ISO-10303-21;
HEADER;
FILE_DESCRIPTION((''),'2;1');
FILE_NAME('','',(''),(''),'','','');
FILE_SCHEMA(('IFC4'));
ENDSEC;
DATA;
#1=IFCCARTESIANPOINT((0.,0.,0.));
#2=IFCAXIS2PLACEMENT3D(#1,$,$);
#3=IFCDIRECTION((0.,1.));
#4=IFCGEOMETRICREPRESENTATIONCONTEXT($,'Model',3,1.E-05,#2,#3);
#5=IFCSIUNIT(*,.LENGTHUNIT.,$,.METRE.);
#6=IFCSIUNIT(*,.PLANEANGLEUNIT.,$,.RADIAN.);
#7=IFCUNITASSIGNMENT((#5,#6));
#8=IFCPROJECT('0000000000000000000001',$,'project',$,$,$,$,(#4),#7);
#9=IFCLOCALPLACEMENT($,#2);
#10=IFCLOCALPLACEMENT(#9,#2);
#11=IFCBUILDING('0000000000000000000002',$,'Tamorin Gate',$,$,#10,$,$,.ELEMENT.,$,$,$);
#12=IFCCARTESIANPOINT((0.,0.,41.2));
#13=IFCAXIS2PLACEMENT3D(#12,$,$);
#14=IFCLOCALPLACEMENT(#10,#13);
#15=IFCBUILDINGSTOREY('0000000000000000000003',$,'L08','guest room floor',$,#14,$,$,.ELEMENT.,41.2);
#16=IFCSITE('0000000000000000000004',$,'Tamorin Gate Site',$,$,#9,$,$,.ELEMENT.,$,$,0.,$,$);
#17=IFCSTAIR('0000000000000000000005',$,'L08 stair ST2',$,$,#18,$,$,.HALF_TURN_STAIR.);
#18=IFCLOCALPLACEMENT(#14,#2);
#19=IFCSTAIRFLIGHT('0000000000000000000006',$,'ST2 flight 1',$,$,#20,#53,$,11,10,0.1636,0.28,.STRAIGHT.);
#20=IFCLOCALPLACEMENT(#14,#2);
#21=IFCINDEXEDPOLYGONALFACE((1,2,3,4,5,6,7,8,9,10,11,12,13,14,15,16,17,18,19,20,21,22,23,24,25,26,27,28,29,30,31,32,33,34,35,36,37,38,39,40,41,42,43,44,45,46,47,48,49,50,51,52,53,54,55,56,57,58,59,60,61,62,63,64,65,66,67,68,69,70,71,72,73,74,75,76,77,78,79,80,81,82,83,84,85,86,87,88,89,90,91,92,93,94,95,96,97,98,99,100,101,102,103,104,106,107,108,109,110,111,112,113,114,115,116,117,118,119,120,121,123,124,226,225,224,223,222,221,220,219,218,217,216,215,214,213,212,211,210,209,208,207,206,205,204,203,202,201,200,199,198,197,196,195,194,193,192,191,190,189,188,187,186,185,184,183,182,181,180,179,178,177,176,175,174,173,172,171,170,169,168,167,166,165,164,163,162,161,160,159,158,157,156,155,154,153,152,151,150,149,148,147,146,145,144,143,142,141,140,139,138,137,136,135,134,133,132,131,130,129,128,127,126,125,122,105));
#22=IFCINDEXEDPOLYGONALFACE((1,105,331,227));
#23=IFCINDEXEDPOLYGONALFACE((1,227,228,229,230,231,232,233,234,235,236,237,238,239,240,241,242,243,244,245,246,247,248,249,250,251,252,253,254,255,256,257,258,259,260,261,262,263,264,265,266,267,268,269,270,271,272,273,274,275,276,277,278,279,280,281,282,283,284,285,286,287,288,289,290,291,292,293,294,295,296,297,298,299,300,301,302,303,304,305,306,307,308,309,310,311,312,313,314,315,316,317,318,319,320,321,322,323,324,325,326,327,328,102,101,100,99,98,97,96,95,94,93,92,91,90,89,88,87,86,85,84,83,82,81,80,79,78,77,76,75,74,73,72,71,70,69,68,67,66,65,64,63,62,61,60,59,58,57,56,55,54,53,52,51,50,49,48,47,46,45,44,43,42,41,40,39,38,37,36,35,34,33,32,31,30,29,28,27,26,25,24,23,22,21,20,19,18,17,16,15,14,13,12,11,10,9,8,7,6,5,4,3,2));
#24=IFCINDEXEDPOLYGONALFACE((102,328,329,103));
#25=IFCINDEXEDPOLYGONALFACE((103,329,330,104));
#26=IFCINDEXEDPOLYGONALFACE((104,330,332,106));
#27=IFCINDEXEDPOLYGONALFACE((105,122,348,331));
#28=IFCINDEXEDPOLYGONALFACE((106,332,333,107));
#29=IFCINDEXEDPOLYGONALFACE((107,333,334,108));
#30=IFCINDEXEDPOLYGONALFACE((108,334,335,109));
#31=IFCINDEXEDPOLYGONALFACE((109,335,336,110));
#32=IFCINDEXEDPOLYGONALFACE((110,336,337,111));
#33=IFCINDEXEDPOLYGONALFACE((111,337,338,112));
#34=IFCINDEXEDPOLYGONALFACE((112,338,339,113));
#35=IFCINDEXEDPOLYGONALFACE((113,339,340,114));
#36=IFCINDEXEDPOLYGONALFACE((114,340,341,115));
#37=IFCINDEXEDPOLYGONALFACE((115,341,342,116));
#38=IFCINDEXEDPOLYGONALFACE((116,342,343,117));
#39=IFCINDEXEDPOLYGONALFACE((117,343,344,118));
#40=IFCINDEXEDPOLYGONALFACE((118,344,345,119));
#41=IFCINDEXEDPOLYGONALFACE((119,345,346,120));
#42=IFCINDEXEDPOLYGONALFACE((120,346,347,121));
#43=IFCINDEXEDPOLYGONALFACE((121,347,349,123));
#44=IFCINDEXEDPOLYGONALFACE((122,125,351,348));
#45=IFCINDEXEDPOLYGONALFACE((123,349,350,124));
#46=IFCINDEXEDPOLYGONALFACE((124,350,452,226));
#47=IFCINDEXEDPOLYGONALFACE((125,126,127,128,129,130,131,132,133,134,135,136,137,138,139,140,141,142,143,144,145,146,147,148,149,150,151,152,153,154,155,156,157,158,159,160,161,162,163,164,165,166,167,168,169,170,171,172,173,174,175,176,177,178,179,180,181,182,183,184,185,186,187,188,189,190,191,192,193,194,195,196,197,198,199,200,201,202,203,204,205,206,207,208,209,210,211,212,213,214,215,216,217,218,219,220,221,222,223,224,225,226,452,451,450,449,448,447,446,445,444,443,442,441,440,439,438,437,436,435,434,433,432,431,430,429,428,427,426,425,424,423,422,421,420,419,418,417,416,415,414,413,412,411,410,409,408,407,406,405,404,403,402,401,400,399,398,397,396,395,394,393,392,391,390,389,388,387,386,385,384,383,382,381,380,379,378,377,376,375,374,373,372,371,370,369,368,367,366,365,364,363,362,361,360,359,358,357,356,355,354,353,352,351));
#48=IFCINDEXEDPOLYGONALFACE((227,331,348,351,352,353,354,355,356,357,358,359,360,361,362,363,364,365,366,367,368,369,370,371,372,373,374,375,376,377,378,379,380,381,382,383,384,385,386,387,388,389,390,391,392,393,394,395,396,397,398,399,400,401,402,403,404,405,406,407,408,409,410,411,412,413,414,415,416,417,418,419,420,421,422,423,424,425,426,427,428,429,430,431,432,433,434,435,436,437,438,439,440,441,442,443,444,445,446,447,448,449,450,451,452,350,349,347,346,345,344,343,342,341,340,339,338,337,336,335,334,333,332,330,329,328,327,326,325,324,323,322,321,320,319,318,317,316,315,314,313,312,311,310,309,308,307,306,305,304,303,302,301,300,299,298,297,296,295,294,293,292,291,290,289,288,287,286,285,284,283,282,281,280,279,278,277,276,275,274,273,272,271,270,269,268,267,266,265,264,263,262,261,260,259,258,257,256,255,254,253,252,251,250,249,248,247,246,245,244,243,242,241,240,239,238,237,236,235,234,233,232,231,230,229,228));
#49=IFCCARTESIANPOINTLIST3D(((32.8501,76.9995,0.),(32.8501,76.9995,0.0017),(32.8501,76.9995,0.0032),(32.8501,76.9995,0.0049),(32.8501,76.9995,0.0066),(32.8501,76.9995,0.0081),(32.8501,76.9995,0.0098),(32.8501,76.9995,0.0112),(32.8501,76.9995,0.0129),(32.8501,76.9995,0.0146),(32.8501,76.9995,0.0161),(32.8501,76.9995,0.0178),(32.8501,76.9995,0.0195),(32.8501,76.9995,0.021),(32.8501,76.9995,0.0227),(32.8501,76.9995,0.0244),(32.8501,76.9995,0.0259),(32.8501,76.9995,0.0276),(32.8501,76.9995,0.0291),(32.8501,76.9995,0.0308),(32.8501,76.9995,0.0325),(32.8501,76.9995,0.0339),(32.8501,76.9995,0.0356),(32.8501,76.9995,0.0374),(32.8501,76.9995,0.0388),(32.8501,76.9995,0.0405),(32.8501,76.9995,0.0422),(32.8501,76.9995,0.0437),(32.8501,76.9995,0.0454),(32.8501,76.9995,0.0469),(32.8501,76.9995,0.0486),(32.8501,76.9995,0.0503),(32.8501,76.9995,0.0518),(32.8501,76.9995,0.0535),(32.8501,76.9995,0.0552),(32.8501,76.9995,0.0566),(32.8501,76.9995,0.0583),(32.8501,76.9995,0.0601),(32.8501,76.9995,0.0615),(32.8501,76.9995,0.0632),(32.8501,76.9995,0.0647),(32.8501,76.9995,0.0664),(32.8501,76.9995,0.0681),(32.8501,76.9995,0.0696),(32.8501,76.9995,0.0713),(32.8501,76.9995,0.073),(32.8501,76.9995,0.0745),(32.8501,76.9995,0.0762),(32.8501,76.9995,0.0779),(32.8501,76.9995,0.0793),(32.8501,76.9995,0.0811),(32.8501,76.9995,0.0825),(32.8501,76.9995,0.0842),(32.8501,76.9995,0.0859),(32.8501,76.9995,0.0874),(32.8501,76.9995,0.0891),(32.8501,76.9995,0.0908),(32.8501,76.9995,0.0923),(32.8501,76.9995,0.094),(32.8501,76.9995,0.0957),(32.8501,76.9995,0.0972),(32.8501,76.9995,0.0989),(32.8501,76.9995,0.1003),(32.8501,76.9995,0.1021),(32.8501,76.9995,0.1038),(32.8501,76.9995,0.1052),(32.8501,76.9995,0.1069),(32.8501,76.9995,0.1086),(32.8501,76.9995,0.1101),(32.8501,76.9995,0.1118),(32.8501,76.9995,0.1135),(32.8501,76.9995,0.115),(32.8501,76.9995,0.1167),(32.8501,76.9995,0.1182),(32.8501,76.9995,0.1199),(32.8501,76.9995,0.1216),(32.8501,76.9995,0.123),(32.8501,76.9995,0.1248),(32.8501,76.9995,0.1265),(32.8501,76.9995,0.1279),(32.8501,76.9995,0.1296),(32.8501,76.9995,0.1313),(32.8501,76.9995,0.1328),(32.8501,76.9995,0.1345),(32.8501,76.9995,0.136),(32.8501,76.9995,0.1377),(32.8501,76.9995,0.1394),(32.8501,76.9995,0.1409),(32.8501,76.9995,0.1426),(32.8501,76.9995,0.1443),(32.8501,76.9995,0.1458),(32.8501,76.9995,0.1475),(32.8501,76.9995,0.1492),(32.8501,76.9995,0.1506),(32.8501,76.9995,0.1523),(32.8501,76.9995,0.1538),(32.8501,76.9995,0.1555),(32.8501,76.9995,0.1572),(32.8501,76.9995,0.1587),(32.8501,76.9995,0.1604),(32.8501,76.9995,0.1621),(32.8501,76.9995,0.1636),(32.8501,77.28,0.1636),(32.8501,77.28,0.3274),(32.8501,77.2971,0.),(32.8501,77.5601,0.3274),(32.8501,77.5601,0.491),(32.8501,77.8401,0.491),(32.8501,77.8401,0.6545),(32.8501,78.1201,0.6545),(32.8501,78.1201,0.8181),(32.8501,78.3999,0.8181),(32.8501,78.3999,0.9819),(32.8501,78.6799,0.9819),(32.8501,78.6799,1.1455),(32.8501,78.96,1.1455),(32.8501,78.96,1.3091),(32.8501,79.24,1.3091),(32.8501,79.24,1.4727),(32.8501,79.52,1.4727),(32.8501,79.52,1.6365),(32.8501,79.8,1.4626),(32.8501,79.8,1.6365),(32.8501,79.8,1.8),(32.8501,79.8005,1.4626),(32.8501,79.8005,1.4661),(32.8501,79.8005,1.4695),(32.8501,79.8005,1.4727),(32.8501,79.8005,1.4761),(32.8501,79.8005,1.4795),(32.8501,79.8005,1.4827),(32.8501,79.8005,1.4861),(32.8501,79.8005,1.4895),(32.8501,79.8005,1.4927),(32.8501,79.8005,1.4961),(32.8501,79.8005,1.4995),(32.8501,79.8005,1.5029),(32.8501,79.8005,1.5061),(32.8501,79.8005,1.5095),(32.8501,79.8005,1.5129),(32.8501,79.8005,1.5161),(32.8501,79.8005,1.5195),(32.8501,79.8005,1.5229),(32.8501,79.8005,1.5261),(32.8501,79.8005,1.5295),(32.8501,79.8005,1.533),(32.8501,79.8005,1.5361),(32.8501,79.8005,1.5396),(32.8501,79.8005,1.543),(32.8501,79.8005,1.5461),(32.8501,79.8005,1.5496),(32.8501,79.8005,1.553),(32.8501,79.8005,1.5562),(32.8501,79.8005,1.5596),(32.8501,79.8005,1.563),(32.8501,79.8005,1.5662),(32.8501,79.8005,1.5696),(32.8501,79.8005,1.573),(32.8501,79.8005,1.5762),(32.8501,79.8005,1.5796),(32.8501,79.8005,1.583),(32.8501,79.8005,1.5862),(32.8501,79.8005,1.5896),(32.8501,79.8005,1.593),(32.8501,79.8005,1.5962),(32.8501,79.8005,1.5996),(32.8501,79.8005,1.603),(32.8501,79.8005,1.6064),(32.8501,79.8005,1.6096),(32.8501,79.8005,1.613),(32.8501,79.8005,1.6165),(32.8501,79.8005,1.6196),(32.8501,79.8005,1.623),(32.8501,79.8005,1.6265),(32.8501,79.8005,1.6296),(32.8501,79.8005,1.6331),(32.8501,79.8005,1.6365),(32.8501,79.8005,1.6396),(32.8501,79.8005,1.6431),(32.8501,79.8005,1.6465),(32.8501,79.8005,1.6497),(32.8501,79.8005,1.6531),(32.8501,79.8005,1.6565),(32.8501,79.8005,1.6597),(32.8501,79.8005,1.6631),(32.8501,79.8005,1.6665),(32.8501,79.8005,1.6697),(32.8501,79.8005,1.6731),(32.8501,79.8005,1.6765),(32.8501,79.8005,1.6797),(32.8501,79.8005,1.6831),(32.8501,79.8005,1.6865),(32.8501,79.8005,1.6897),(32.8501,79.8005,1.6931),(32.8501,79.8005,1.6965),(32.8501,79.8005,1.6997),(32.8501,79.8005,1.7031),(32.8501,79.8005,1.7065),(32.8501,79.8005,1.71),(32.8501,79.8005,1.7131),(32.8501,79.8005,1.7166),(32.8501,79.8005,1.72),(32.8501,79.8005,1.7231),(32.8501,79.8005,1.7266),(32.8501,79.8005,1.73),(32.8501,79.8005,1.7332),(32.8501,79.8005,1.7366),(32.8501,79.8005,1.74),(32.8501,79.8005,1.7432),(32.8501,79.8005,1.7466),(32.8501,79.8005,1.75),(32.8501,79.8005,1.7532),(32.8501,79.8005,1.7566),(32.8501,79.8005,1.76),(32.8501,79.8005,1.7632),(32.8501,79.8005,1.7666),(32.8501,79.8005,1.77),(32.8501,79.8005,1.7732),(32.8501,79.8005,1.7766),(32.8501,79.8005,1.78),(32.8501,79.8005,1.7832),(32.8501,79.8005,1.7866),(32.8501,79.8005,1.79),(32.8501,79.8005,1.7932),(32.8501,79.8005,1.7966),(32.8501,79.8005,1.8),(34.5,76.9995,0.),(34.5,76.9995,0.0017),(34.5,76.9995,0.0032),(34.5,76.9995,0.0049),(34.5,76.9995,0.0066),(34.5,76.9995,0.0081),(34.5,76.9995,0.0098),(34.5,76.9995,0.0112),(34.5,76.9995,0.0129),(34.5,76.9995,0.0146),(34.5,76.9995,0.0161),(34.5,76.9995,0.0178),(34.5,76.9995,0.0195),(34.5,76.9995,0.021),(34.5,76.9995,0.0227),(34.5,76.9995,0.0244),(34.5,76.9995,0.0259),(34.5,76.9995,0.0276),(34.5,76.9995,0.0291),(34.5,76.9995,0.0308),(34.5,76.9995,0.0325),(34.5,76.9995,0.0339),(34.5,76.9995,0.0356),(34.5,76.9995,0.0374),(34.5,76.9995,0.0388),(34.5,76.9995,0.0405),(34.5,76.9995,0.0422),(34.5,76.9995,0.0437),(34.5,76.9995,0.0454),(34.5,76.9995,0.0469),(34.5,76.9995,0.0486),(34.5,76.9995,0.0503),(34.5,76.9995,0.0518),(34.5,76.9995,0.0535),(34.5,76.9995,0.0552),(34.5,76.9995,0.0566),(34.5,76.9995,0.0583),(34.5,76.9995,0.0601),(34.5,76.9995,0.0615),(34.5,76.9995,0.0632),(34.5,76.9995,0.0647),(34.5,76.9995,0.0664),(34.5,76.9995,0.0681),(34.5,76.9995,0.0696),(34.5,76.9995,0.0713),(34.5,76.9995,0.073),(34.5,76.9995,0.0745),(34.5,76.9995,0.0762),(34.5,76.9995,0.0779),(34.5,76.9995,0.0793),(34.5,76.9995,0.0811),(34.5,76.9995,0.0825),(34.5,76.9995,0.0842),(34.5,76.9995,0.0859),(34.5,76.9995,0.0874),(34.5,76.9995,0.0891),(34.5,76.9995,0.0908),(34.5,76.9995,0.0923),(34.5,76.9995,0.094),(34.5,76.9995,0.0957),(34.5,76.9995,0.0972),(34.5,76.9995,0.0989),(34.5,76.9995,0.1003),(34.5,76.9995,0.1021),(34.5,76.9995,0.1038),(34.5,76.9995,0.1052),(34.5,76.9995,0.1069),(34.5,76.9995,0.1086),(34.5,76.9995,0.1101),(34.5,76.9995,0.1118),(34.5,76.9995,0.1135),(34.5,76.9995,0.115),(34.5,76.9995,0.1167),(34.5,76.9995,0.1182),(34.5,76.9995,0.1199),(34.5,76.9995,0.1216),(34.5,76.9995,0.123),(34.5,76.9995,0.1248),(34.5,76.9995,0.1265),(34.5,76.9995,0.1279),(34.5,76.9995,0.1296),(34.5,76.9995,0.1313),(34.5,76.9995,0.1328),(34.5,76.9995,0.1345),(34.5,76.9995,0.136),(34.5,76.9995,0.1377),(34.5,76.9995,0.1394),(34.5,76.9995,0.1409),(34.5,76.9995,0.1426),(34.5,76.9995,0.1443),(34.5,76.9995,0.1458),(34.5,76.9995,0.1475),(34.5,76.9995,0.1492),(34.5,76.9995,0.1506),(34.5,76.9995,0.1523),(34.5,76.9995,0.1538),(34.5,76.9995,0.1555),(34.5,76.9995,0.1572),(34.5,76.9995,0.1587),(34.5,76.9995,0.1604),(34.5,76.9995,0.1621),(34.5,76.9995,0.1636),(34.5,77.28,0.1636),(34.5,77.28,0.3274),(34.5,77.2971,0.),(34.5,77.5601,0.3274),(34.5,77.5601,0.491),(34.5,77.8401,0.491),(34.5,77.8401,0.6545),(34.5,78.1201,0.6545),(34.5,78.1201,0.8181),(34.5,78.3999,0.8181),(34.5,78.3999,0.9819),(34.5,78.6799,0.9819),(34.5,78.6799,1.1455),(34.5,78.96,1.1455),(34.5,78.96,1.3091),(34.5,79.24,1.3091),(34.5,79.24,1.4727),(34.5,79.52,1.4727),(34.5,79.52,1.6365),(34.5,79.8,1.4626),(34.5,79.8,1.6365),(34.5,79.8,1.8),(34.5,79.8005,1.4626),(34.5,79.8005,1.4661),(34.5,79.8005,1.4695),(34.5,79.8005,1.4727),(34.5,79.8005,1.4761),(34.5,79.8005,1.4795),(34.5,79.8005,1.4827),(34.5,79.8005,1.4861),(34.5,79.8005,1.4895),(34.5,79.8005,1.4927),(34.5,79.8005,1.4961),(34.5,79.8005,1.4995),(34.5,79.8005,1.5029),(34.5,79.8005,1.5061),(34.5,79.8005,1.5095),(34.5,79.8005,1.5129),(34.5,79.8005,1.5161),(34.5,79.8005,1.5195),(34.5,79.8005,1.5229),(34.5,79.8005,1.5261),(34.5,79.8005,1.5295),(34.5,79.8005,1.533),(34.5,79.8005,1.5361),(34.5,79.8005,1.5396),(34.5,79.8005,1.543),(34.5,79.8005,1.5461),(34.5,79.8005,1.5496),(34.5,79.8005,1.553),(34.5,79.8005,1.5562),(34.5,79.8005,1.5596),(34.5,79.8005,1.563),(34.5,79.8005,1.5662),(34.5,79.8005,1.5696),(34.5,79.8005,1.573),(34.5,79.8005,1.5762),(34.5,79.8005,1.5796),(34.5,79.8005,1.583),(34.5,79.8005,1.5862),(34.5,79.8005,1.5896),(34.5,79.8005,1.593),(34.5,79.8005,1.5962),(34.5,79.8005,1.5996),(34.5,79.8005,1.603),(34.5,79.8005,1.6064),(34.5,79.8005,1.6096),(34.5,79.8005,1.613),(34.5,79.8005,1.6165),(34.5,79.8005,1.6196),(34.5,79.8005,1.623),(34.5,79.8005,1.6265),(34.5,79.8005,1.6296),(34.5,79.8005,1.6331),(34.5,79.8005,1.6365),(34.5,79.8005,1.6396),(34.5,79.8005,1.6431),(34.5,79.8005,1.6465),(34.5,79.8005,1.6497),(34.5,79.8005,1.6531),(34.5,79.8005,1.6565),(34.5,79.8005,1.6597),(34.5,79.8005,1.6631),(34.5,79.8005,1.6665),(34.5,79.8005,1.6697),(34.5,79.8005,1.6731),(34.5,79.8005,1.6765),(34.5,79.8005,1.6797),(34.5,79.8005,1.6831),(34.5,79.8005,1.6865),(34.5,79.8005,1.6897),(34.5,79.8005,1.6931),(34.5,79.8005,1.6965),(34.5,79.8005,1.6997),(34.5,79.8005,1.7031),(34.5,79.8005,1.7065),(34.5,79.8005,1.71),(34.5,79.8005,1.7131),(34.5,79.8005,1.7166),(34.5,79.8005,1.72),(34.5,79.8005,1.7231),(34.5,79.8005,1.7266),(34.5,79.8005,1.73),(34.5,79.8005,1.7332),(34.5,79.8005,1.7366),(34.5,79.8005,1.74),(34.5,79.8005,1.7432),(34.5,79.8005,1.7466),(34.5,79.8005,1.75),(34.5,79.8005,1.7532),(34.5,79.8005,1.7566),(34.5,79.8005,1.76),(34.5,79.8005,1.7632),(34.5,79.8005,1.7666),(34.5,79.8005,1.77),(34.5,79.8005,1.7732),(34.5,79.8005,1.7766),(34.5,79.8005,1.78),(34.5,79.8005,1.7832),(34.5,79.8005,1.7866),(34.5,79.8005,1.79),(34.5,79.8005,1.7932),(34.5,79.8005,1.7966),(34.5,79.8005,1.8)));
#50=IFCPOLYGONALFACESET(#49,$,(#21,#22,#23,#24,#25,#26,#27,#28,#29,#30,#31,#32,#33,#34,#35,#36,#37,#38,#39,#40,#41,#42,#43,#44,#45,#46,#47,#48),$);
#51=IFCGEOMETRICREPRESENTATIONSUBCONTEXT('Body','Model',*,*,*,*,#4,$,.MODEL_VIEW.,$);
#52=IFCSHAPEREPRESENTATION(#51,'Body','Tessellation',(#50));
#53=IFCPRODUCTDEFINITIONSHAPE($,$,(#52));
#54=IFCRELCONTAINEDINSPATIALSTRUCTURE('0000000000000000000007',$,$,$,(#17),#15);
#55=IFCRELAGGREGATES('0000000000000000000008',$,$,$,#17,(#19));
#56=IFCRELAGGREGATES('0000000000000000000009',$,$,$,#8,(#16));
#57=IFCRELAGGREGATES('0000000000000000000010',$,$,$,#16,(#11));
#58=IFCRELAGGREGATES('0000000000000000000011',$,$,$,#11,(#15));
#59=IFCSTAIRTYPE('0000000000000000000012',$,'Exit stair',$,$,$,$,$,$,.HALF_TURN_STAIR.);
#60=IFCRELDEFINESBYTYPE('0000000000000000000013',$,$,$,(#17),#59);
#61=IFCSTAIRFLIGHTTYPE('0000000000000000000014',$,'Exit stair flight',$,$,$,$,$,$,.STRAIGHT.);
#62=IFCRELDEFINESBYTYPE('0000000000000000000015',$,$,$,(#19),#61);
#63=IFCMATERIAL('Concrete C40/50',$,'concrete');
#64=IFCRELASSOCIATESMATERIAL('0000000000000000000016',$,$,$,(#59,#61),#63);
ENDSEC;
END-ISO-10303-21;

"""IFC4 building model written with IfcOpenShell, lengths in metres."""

from ifc_helpers import new_model, si_unit, direction, frame, origin, place, context, subcontext, project, spatial, polyline, outline, extrude, material, type_object, element, aggregate, save


model = new_model("IFC4")

# Units and contexts
model_context = context("Model", 3, precision=1e-05, world=origin(), true_north=direction((0.0, 1.0)))
body_context = subcontext(model_context, "Body", "Model", "MODEL_VIEW")
ifc_project = project(units=[si_unit("LENGTHUNIT", "METRE"), si_unit("PLANEANGLEUNIT", "RADIAN")], contexts=[model_context])

# Site, building, storey
site_placement = place(None, origin())
site = spatial("IfcSite", under=ifc_project, at=site_placement, Name="Tamorin Gate Site", CompositionType="ELEMENT", RefElevation=0.0)
building_placement = place(site_placement, origin())
building = spatial("IfcBuilding", under=site, at=building_placement, Name="Tamorin Gate", CompositionType="ELEMENT")
storey_placement = place(building_placement, frame((0.0, 0.0, 41.2)))
storey = spatial("IfcBuildingStorey", under=building, at=storey_placement, Name="L08", Description="guest room floor", CompositionType="ELEMENT", Elevation=41.2)

# Shared definitions
ifc_material_1 = material(Name="Concrete C40/50", Category="concrete")

# Stair, stair flight
stair_type = type_object("IfcStairType", Name="Exit stair", PredefinedType="HALF_TURN_STAIR", material=ifc_material_1)
stair_placement = place(storey_placement, origin())
stair = element("IfcStair", 1, at=stair_placement, inside=storey, type_object=stair_type, Name="L08 stair ST2", PredefinedType="HALF_TURN_STAIR")
stair_flight_type = type_object("IfcStairFlightType", Name="Exit stair flight", PredefinedType="STRAIGHT", material=ifc_material_1)
stair_flight_1_placement = place(storey_placement, frame((33.675, 77.0, 0.0), z_axis=(0.0, 0.0, 1.0), x_axis=(0.0, 1.0, 0.0)))
stair_flight_1 = element("IfcStairFlight", 2, at=stair_flight_1_placement, type_object=stair_flight_type, Name="ST2 flight 1", NumberOfRisers=11, NumberOfTreads=10, PredefinedType="STRAIGHT", RiserHeight=0.1636, TreadLength=0.28, context=body_context, shape_type="SweptSolid", body=[
    extrude(outline(polyline([(-0.0005, 0.0), (-0.0005, 0.0017), (-0.0005, 0.0032), (-0.0005, 0.0049), (-0.0005, 0.0066), (-0.0005, 0.0081), (-0.0005, 0.0098), (-0.0005, 0.0112), (-0.0005, 0.0129), (-0.0005, 0.0146), (-0.0005, 0.0161), (-0.0005, 0.0178), (-0.0005, 0.0195), (-0.0005, 0.021), (-0.0005, 0.0227), (-0.0005, 0.0244), (-0.0005, 0.0259), (-0.0005, 0.0276), (-0.0005, 0.0291), (-0.0005, 0.0308), (-0.0005, 0.0325), (-0.0005, 0.0339), (-0.0005, 0.0356), (-0.0005, 0.0374), (-0.0005, 0.0388), (-0.0005, 0.0405), (-0.0005, 0.0422), (-0.0005, 0.0437), (-0.0005, 0.0454), (-0.0005, 0.0469), (-0.0005, 0.0486), (-0.0005, 0.0503), (-0.0005, 0.0518), (-0.0005, 0.0535), (-0.0005, 0.0552), (-0.0005, 0.0566), (-0.0005, 0.0583), (-0.0005, 0.0601), (-0.0005, 0.0615), (-0.0005, 0.0632), (-0.0005, 0.0647), (-0.0005, 0.0664), (-0.0005, 0.0681), (-0.0005, 0.0696), (-0.0005, 0.0713), (-0.0005, 0.073), (-0.0005, 0.0745), (-0.0005, 0.0762), (-0.0005, 0.0779), (-0.0005, 0.0793), (-0.0005, 0.0811), (-0.0005, 0.0825), (-0.0005, 0.0842), (-0.0005, 0.0859), (-0.0005, 0.0874), (-0.0005, 0.0891), (-0.0005, 0.0908), (-0.0005, 0.0923), (-0.0005, 0.094), (-0.0005, 0.0957), (-0.0005, 0.0972), (-0.0005, 0.0989), (-0.0005, 0.1003), (-0.0005, 0.1021), (-0.0005, 0.1038), (-0.0005, 0.1052), (-0.0005, 0.1069), (-0.0005, 0.1086), (-0.0005, 0.1101), (-0.0005, 0.1118), (-0.0005, 0.1135), (-0.0005, 0.115), (-0.0005, 0.1167), (-0.0005, 0.1182), (-0.0005, 0.1199), (-0.0005, 0.1216), (-0.0005, 0.123), (-0.0005, 0.1248), (-0.0005, 0.1265), (-0.0005, 0.1279), (-0.0005, 0.1296), (-0.0005, 0.1313), (-0.0005, 0.1328), (-0.0005, 0.1345), (-0.0005, 0.136), (-0.0005, 0.1377), (-0.0005, 0.1394), (-0.0005, 0.1409), (-0.0005, 0.1426), (-0.0005, 0.1443), (-0.0005, 0.1458), (-0.0005, 0.1475), (-0.0005, 0.1492), (-0.0005, 0.1506), (-0.0005, 0.1523), (-0.0005, 0.1538), (-0.0005, 0.1555), (-0.0005, 0.1572), (-0.0005, 0.1587), (-0.0005, 0.1604), (-0.0005, 0.1621), (-0.0005, 0.1636), (0.28, 0.1636), (0.28, 0.3274), (0.5601, 0.3274), (0.5601, 0.491), (0.8401, 0.491), (0.8401, 0.6545), (1.1201, 0.6545), (1.1201, 0.8181), (1.3999, 0.8181), (1.3999, 0.9819), (1.6799, 0.9819), (1.6799, 1.1455), (1.96, 1.1455), (1.96, 1.3091), (2.24, 1.3091), (2.24, 1.4727), (2.52, 1.4727), (2.52, 1.6365), (2.8, 1.6365), (2.8, 1.8), (2.8005, 1.8), (2.8005, 1.7966), (2.8005, 1.7932), (2.8005, 1.79), (2.8005, 1.7866), (2.8005, 1.7832), (2.8005, 1.78), (2.8005, 1.7766), (2.8005, 1.7732), (2.8005, 1.77), (2.8005, 1.7666), (2.8005, 1.7632), (2.8005, 1.76), (2.8005, 1.7566), (2.8005, 1.7532), (2.8005, 1.75), (2.8005, 1.7466), (2.8005, 1.7432), (2.8005, 1.74), (2.8005, 1.7366), (2.8005, 1.7332), (2.8005, 1.73), (2.8005, 1.7266), (2.8005, 1.7231), (2.8005, 1.72), (2.8005, 1.7166), (2.8005, 1.7131), (2.8005, 1.71), (2.8005, 1.7065), (2.8005, 1.7031), (2.8005, 1.6997), (2.8005, 1.6965), (2.8005, 1.6931), (2.8005, 1.6897), (2.8005, 1.6865), (2.8005, 1.6831), (2.8005, 1.6797), (2.8005, 1.6765), (2.8005, 1.6731), (2.8005, 1.6697), (2.8005, 1.6665), (2.8005, 1.6631), (2.8005, 1.6597), (2.8005, 1.6565), (2.8005, 1.6531), (2.8005, 1.6497), (2.8005, 1.6465), (2.8005, 1.6431), (2.8005, 1.6396), (2.8005, 1.6365), (2.8005, 1.6331), (2.8005, 1.6296), (2.8005, 1.6265), (2.8005, 1.623), (2.8005, 1.6196), (2.8005, 1.6165), (2.8005, 1.613), (2.8005, 1.6096), (2.8005, 1.6064), (2.8005, 1.603), (2.8005, 1.5996), (2.8005, 1.5962), (2.8005, 1.593), (2.8005, 1.5896), (2.8005, 1.5862), (2.8005, 1.583), (2.8005, 1.5796), (2.8005, 1.5762), (2.8005, 1.573), (2.8005, 1.5696), (2.8005, 1.5662), (2.8005, 1.563), (2.8005, 1.5596), (2.8005, 1.5562), (2.8005, 1.553), (2.8005, 1.5496), (2.8005, 1.5461), (2.8005, 1.543), (2.8005, 1.5396), (2.8005, 1.5361), (2.8005, 1.533), (2.8005, 1.5295), (2.8005, 1.5261), (2.8005, 1.5229), (2.8005, 1.5195), (2.8005, 1.5161), (2.8005, 1.5129), (2.8005, 1.5095), (2.8005, 1.5061), (2.8005, 1.5029), (2.8005, 1.4995), (2.8005, 1.4961), (2.8005, 1.4927), (2.8005, 1.4895), (2.8005, 1.4861), (2.8005, 1.4827), (2.8005, 1.4795), (2.8005, 1.4761), (2.8005, 1.4727), (2.8005, 1.4695), (2.8005, 1.4661), (2.8005, 1.4626), (2.8, 1.4626), (0.2971, 0.0), (-0.0005, 0.0)])), frame((0.0, 0.825, 0.0), z_axis=(0.0, -1.0, 0.0), x_axis=(1.0, 0.0, 0.0)), (0.0, 0.0, 1.0), 1.6499),
])
aggregate(stair, [stair_flight_1])

save(model, "model.ifc")
